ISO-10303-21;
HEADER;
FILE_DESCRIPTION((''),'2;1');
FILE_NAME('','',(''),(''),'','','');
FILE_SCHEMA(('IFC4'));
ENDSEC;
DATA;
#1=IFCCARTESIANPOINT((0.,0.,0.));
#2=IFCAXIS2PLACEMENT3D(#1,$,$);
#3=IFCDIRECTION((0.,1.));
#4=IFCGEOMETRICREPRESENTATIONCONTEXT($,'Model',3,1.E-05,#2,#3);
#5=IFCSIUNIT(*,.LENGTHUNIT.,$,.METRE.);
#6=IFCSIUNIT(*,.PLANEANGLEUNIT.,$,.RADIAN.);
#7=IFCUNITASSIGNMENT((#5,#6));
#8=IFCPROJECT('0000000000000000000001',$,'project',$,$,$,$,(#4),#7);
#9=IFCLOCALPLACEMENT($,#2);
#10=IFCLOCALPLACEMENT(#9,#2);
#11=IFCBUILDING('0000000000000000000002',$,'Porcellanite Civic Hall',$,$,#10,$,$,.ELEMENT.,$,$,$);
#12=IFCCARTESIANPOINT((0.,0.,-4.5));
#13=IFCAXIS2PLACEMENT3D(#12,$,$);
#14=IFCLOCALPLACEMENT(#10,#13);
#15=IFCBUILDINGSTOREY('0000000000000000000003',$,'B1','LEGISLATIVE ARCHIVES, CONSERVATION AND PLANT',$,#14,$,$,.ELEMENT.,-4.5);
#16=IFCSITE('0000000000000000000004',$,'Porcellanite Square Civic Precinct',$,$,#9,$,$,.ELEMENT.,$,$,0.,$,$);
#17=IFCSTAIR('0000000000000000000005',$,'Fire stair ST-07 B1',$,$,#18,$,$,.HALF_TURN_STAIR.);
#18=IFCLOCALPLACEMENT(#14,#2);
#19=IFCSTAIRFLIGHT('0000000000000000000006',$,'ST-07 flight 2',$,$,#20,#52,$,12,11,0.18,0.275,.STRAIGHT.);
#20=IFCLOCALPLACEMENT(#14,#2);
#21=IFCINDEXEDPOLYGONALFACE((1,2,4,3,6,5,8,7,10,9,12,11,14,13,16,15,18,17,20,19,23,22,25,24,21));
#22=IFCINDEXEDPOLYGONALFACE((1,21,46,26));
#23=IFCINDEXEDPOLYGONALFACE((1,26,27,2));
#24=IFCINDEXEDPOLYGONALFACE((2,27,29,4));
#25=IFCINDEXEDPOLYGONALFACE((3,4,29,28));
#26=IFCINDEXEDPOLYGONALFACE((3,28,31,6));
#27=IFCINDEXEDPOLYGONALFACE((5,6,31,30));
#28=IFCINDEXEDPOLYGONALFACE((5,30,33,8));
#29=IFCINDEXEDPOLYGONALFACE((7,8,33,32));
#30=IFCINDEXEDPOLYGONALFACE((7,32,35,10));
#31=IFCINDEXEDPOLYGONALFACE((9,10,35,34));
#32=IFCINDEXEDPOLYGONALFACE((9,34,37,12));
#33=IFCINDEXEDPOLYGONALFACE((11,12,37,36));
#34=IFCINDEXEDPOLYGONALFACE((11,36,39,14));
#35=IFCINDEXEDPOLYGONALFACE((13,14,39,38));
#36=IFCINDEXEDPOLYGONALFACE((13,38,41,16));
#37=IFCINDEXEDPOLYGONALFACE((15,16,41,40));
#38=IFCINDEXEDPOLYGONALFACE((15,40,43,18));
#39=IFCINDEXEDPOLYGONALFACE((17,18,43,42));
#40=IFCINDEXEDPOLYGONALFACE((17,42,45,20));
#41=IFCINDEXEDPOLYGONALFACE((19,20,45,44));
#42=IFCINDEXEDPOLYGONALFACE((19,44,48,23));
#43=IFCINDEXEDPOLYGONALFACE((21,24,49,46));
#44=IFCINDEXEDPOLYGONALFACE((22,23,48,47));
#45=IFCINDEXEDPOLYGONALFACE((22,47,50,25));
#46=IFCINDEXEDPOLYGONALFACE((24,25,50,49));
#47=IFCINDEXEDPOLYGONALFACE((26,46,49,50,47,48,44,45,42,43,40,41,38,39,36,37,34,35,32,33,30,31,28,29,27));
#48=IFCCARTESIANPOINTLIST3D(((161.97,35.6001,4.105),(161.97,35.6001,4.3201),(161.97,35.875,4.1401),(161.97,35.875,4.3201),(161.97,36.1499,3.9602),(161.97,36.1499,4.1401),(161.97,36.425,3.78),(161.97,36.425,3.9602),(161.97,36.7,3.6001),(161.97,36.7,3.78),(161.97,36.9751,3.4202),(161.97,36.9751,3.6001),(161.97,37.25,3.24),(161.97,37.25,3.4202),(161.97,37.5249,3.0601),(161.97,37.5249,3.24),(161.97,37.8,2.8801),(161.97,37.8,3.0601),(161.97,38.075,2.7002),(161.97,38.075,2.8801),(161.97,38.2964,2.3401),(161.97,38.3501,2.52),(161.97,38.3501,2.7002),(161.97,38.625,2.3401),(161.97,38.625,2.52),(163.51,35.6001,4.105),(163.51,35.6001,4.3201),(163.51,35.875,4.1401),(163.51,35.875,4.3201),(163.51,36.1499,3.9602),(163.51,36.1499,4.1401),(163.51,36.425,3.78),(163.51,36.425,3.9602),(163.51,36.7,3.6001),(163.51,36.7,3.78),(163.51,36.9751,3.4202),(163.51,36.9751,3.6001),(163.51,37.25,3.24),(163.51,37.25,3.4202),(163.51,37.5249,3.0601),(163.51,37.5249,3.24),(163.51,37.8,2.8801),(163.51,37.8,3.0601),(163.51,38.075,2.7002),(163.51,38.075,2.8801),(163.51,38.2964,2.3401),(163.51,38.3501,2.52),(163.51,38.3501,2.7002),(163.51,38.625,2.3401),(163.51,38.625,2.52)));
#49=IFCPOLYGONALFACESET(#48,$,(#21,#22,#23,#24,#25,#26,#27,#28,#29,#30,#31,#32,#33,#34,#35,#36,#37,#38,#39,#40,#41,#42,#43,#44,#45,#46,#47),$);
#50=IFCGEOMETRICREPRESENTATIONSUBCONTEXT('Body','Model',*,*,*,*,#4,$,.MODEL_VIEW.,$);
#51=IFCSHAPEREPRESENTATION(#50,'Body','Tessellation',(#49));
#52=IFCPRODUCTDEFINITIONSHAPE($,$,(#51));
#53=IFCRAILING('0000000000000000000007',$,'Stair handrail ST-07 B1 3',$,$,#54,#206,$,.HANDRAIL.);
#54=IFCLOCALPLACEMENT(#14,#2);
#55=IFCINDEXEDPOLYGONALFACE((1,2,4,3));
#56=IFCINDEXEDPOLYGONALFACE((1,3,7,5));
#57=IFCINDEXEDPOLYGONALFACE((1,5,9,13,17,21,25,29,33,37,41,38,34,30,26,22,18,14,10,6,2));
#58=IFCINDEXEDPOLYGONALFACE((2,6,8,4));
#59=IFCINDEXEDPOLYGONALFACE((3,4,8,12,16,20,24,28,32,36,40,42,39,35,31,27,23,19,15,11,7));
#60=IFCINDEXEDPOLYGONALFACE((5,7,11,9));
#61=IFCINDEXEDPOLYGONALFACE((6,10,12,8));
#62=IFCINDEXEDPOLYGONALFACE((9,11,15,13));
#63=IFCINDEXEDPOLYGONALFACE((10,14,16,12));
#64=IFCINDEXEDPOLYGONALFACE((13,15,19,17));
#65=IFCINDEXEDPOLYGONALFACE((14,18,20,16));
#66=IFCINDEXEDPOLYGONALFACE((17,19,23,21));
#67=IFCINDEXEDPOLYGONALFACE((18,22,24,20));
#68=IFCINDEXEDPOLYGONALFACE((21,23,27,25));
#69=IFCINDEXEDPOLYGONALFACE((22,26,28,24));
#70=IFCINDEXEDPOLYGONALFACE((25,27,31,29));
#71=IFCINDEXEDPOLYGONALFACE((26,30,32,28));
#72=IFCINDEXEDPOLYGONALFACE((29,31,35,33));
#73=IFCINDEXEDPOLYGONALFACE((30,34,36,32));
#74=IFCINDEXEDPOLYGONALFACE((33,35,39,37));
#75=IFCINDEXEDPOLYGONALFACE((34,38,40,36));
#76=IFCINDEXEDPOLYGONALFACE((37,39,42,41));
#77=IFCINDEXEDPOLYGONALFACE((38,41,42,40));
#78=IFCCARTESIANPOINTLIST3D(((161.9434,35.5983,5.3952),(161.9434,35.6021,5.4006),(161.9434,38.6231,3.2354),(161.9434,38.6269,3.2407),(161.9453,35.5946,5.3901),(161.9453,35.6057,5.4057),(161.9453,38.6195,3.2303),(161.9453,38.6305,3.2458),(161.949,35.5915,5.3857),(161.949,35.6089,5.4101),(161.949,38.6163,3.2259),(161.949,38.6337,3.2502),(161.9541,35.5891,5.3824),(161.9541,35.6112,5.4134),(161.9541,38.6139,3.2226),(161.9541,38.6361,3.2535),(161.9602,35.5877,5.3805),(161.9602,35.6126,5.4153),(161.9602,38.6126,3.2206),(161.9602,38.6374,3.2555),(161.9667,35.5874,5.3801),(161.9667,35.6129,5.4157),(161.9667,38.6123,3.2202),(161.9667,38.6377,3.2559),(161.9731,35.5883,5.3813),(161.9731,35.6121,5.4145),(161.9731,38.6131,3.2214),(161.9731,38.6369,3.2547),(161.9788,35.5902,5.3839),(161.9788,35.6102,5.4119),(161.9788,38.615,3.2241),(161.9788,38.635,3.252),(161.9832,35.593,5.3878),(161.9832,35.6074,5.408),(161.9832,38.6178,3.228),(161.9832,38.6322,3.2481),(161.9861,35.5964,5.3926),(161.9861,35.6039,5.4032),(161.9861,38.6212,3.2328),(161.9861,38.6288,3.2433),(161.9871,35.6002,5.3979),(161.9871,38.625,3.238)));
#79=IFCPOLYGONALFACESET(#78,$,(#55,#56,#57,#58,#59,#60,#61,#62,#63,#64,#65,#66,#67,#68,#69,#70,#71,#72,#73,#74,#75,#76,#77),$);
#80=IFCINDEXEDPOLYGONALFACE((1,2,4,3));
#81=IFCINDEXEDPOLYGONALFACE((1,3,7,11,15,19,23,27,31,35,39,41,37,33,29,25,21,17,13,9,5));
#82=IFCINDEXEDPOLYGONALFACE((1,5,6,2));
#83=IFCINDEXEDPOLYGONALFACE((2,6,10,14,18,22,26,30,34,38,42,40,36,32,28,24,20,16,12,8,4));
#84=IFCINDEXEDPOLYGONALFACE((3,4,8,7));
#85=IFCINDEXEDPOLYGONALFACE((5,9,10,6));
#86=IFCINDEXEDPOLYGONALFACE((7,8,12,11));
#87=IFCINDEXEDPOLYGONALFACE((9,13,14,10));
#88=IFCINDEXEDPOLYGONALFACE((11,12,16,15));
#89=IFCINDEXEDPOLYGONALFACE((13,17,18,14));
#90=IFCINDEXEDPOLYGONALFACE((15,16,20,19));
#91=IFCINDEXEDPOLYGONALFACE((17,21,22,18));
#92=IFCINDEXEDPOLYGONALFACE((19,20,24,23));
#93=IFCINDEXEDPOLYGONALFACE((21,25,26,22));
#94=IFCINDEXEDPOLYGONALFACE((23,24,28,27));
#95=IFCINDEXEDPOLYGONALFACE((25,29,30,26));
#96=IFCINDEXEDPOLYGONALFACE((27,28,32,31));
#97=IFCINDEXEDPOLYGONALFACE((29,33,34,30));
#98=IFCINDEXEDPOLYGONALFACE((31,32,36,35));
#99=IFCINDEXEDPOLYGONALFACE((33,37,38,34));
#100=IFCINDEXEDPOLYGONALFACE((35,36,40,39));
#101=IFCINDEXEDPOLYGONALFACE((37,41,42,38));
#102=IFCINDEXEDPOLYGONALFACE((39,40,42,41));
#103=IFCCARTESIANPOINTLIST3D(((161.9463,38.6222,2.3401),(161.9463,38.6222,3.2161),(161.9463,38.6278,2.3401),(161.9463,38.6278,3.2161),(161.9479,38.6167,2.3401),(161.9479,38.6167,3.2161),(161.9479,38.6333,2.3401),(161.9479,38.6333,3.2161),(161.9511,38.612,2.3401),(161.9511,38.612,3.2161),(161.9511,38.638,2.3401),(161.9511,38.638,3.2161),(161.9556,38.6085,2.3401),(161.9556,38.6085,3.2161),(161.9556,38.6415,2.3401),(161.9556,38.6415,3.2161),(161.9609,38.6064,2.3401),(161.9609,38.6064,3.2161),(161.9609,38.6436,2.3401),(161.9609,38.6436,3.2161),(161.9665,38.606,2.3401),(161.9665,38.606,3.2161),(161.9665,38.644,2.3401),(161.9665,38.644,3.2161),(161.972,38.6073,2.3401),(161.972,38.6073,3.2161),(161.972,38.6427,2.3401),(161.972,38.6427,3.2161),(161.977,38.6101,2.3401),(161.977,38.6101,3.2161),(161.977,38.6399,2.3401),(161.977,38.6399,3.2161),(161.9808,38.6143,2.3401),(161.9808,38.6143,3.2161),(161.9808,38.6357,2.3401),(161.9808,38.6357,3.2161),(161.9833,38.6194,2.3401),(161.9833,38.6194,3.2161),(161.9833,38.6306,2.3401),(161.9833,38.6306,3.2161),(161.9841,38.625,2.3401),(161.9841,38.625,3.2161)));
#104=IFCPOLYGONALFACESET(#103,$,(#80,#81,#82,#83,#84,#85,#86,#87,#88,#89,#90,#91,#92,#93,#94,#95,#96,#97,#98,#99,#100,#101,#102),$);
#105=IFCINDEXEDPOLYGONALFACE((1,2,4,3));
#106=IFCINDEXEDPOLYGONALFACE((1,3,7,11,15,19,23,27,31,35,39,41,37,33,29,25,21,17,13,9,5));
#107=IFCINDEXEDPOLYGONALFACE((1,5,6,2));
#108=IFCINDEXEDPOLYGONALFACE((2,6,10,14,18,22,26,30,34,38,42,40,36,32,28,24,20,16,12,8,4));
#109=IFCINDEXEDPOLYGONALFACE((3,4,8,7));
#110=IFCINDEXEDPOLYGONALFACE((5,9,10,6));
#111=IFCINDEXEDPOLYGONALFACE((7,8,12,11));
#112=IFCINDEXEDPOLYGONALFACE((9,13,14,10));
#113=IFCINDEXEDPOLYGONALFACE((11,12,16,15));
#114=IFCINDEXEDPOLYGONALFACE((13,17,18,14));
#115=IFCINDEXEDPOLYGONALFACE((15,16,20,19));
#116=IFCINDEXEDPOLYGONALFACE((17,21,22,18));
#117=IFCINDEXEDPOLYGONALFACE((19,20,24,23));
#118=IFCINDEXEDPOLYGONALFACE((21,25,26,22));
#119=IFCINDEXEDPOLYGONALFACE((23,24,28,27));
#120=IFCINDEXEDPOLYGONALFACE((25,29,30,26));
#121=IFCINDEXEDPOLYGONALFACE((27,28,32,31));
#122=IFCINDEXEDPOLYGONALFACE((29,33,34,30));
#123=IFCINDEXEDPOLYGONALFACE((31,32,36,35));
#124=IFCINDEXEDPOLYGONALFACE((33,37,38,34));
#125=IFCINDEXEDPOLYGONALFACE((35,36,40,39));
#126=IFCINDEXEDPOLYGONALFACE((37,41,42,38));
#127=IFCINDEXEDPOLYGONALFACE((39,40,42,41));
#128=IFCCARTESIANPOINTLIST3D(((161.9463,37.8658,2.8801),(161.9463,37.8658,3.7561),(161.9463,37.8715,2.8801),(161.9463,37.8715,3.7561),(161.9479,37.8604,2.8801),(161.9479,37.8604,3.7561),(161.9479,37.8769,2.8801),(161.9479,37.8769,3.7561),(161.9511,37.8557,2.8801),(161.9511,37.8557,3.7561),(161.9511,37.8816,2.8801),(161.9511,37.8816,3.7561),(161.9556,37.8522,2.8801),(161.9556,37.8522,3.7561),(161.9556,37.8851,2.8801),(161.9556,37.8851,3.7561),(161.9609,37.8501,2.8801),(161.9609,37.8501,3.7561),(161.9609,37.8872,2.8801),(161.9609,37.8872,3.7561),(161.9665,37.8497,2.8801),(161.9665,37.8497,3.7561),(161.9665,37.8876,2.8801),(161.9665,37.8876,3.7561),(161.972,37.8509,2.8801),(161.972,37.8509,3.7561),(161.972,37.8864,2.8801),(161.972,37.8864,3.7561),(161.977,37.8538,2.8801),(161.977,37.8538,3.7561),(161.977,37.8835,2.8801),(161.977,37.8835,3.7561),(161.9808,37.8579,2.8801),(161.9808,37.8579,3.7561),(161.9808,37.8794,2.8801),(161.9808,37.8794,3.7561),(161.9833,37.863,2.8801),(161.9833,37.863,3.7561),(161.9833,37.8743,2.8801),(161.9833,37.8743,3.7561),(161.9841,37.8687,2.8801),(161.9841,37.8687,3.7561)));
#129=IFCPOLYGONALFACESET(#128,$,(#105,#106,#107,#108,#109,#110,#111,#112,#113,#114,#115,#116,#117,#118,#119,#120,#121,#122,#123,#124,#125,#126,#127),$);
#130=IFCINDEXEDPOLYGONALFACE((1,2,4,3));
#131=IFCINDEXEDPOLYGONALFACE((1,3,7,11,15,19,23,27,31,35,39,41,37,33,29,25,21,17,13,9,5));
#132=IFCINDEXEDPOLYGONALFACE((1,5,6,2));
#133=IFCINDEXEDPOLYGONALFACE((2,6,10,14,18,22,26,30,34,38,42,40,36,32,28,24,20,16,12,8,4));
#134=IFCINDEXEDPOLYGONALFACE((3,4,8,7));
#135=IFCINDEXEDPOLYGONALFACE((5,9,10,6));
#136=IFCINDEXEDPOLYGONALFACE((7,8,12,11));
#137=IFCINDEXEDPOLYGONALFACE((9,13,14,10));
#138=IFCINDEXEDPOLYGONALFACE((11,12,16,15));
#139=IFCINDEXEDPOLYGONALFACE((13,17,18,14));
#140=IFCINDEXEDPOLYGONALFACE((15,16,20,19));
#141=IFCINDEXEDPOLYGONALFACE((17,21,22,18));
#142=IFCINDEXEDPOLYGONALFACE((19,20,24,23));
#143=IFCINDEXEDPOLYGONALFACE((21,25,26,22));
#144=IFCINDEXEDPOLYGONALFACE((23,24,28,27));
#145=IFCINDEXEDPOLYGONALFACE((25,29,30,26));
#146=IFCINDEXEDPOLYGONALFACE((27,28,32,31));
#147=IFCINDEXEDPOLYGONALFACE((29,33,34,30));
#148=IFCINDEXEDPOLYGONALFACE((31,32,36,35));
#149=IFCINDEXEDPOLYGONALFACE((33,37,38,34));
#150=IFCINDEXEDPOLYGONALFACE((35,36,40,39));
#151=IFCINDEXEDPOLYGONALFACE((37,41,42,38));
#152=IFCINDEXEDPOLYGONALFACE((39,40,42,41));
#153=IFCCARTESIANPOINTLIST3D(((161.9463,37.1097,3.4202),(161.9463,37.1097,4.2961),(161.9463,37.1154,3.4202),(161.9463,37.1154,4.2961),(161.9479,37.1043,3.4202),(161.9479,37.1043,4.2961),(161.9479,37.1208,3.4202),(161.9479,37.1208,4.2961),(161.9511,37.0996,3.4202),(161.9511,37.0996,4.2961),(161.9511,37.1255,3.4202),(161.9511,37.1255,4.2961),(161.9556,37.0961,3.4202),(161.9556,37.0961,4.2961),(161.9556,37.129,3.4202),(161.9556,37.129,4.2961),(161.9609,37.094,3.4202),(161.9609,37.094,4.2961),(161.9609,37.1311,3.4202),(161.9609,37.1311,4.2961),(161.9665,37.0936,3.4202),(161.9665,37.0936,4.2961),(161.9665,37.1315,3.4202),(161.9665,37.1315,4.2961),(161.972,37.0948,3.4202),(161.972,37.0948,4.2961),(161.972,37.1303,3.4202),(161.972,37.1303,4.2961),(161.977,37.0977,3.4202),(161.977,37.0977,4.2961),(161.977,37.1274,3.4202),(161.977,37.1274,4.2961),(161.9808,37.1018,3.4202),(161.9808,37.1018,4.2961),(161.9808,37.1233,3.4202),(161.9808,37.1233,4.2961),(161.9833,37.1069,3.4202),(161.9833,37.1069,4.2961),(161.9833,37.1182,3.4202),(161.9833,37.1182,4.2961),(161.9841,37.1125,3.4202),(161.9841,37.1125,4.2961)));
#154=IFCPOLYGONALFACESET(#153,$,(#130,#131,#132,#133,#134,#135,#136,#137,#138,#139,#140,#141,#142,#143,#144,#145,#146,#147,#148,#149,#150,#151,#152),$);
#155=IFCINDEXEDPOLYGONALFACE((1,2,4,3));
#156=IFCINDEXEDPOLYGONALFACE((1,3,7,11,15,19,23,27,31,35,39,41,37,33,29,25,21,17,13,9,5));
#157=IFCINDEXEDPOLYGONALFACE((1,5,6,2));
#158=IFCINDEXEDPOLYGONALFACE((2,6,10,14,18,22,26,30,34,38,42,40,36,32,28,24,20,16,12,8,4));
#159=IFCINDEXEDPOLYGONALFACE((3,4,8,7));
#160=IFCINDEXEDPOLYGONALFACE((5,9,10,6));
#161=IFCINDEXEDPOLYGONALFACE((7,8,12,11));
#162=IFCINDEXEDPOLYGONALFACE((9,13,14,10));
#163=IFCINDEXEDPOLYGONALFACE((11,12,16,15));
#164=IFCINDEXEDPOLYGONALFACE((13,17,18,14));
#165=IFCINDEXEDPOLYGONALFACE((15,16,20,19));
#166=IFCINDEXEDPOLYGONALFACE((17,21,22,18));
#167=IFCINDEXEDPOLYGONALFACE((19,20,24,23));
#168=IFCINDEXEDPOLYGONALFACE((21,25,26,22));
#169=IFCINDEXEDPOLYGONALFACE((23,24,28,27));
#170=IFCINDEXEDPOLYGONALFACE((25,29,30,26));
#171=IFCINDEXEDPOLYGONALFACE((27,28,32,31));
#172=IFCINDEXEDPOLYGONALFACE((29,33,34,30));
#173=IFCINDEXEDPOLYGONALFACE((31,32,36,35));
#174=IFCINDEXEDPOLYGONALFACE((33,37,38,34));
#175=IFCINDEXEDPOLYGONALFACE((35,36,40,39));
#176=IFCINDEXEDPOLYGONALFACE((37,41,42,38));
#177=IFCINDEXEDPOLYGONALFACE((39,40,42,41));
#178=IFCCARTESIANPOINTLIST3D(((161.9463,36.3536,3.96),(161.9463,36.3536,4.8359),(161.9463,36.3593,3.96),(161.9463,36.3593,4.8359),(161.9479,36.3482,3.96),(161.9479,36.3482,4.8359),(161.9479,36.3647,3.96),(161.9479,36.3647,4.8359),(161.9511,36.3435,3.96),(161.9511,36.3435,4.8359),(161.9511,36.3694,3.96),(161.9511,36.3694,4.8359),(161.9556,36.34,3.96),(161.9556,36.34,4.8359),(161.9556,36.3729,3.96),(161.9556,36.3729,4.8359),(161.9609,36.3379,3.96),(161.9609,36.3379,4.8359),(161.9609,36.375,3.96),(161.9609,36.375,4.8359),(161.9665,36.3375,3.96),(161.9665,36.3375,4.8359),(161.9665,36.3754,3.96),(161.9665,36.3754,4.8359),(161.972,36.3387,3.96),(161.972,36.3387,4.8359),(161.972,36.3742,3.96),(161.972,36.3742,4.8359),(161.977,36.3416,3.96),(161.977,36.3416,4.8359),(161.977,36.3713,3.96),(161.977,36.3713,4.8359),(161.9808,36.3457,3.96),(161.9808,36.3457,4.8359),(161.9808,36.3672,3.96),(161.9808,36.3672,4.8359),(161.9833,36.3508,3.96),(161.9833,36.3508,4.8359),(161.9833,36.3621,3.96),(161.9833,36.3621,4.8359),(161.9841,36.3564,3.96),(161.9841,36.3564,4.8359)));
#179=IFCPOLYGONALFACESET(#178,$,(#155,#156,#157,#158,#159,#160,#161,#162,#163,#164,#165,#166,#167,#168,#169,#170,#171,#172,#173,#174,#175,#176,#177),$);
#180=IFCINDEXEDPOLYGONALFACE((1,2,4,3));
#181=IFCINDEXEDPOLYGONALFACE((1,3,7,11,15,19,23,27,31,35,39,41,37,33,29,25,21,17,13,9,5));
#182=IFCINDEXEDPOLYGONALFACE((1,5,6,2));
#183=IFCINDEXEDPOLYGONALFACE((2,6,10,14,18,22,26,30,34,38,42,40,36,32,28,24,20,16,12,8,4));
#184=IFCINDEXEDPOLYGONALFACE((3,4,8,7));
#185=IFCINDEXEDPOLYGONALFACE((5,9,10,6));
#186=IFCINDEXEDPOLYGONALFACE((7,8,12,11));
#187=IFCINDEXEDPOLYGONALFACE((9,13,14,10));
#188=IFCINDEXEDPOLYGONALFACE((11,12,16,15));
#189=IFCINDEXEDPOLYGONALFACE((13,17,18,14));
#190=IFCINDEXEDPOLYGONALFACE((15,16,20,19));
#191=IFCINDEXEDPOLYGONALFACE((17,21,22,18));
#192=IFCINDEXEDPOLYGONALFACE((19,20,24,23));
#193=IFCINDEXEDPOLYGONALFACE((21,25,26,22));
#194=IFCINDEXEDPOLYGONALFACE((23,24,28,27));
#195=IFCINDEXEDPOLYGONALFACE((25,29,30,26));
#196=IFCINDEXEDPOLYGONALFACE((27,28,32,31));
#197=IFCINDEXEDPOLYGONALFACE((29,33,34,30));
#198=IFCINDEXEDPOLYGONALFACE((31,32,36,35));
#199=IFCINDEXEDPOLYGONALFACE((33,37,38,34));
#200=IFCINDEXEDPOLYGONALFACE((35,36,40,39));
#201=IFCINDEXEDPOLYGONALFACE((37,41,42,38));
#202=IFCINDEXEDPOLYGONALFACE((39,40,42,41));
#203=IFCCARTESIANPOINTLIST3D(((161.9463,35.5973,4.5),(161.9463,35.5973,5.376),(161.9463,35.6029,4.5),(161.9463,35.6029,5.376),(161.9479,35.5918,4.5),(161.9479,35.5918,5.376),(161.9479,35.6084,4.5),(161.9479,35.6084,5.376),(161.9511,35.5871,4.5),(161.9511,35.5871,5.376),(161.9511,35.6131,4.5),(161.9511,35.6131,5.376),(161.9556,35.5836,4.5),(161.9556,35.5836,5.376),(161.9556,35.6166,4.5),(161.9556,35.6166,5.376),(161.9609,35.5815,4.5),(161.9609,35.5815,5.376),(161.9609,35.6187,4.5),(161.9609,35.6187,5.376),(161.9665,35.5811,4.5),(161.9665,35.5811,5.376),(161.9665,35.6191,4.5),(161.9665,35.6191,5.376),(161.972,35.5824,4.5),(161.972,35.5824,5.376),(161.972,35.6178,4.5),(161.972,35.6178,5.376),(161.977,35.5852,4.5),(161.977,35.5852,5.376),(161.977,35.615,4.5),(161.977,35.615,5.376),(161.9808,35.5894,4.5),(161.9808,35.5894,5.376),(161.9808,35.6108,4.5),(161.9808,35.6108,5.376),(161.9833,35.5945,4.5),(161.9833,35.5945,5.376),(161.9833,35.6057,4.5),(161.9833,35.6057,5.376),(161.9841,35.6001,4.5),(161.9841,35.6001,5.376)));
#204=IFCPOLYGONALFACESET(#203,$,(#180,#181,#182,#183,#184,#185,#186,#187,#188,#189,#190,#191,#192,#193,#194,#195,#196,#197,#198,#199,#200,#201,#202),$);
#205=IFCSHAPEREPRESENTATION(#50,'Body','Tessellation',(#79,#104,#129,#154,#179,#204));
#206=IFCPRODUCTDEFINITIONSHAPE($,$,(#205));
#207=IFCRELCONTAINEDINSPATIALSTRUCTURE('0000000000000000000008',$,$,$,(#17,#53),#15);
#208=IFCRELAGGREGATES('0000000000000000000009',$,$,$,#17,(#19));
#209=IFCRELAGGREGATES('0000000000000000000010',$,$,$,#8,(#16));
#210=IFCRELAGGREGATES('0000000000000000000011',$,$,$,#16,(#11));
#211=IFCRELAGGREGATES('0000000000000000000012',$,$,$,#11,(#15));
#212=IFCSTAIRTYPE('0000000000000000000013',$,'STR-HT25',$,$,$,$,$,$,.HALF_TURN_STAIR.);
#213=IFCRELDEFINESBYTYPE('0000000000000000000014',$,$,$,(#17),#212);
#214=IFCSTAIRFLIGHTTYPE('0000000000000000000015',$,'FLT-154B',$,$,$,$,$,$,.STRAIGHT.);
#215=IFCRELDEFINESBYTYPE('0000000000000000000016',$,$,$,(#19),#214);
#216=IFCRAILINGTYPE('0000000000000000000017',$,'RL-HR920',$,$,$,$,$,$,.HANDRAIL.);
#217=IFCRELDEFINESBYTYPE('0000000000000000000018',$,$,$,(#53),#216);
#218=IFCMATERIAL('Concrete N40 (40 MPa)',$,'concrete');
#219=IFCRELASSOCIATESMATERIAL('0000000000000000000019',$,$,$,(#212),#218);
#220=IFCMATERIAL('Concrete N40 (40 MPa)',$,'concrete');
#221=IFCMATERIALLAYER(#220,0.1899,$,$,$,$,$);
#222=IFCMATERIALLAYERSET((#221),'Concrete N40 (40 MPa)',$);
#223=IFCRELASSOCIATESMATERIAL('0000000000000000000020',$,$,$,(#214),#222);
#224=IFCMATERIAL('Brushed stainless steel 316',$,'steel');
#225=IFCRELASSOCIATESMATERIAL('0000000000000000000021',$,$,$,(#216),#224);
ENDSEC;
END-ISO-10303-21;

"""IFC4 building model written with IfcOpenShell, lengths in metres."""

from ifc_helpers import new_model, si_unit, direction, frame, origin, origin_2d, place, context, subcontext, project, spatial, polyline, circle, outline, extrude, material, layer, layer_set, type_object, element, aggregate, save


model = new_model("IFC4")

# Units and contexts
model_context = context("Model", 3, precision=1e-05, world=origin(), true_north=direction((0.0, 1.0)))
body_context = subcontext(model_context, "Body", "Model", "MODEL_VIEW")
ifc_project = project(units=[si_unit("LENGTHUNIT", "METRE"), si_unit("PLANEANGLEUNIT", "RADIAN")], contexts=[model_context])

# Site, building, storey
site_placement = place(None, origin())
site = spatial("IfcSite", under=ifc_project, at=site_placement, Name="Porcellanite Square Civic Precinct", CompositionType="ELEMENT", RefElevation=0.0)
building_placement = place(site_placement, origin())
building = spatial("IfcBuilding", under=site, at=building_placement, Name="Porcellanite Civic Hall", CompositionType="ELEMENT")
storey_placement = place(building_placement, frame((0.0, 0.0, -4.5)))
storey = spatial("IfcBuildingStorey", under=building, at=storey_placement, Name="B1", Description="LEGISLATIVE ARCHIVES, CONSERVATION AND PLANT", CompositionType="ELEMENT", Elevation=-4.5)

# Stair, stair flight
ifc_material_1 = material(Name="Concrete N40 (40 MPa)", Category="concrete")
stair_type = type_object("IfcStairType", Name="STR-HT25", PredefinedType="HALF_TURN_STAIR", material=ifc_material_1)
stair_placement = place(storey_placement, origin())
stair = element("IfcStair", 1, at=stair_placement, inside=storey, type_object=stair_type, Name="Fire stair ST-07 B1", PredefinedType="HALF_TURN_STAIR")
ifc_material_2 = material(Name="Concrete N40 (40 MPa)", Category="concrete")
ifc_layer_1 = layer(ifc_material_2, 0.1899)
ifc_layer_set_1 = layer_set([ifc_layer_1], Name="Concrete N40 (40 MPa)")
stair_flight_type = type_object("IfcStairFlightType", Name="FLT-154B", PredefinedType="STRAIGHT", material=ifc_layer_set_1)
stair_flight_placement = place(storey_placement, frame((162.74, 38.625, 2.3401), z_axis=(0.0, 0.0, 1.0), x_axis=(0.0, -1.0, 0.0)))
stair_flight = element("IfcStairFlight", 2, at=stair_flight_placement, type_object=stair_flight_type, Name="ST-07 flight 2", NumberOfRisers=12, NumberOfTreads=11, PredefinedType="STRAIGHT", RiserHeight=0.18, TreadLength=0.275, context=body_context, shape_type="SweptSolid", body=[
    extrude(outline(polyline([(0.0, 0.0), (0.0, 0.1799), (0.2749, 0.1799), (0.2749, 0.3601), (0.55, 0.3601), (0.55, 0.54), (0.825, 0.54), (0.825, 0.72), (1.1001, 0.72), (1.1001, 0.8999), (1.375, 0.8999), (1.375, 1.0801), (1.6499, 1.0801), (1.6499, 1.26), (1.925, 1.26), (1.925, 1.4399), (2.2, 1.4399), (2.2, 1.6201), (2.4751, 1.6201), (2.4751, 1.8), (2.75, 1.8), (2.75, 1.98), (3.0249, 1.98), (3.0249, 2.1599), (3.0249, 1.7649), (0.3286, 0.0), (0.0, 0.0)])), frame((0.0, 0.77, 0.0), z_axis=(0.0, -1.0, 0.0), x_axis=(1.0, 0.0, 0.0)), (0.0, 0.0, 1.0), 1.54),
])
aggregate(stair, [stair_flight])

# Railing
ifc_material_3 = material(Name="Brushed stainless steel 316", Category="steel")
railing_type_1 = type_object("IfcRailingType", Name="RL-HR920", PredefinedType="HANDRAIL", material=ifc_material_3)
railing_1_placement = place(storey_placement, frame((161.9651, 38.625, 2.3401)))
element("IfcRailing", 3, at=railing_1_placement, inside=storey, type_object=railing_type_1, Name="Stair handrail ST-07 B1 3", PredefinedType="HANDRAIL", context=body_context, shape_type="SweptSolid", body=[
    extrude(circle(Radius=0.022, at=origin_2d()), frame((0.0, 0.0, 0.8979), z_axis=(0.0, -0.813827, 0.581108), x_axis=(1.0, 0.0, 0.0)), (0.0, 0.0, 1.0), 3.7168),
    extrude(circle(Radius=0.019, at=origin_2d()), origin(), (0.0, 0.0, 1.0), 0.876),
    extrude(circle(Radius=0.019, at=origin_2d()), frame((0.0, -0.7563, 0.54)), (0.0, 0.0, 1.0), 0.876),
    extrude(circle(Radius=0.019, at=origin_2d()), frame((0.0, -1.5125, 1.0801)), (0.0, 0.0, 1.0), 0.876),
    extrude(circle(Radius=0.019, at=origin_2d()), frame((0.0, -2.2686, 1.6199)), (0.0, 0.0, 1.0), 0.876),
    extrude(circle(Radius=0.019, at=origin_2d()), frame((0.0, -3.0249, 2.1599)), (0.0, 0.0, 1.0), 0.876),
])

save(model, "model.ifc")
